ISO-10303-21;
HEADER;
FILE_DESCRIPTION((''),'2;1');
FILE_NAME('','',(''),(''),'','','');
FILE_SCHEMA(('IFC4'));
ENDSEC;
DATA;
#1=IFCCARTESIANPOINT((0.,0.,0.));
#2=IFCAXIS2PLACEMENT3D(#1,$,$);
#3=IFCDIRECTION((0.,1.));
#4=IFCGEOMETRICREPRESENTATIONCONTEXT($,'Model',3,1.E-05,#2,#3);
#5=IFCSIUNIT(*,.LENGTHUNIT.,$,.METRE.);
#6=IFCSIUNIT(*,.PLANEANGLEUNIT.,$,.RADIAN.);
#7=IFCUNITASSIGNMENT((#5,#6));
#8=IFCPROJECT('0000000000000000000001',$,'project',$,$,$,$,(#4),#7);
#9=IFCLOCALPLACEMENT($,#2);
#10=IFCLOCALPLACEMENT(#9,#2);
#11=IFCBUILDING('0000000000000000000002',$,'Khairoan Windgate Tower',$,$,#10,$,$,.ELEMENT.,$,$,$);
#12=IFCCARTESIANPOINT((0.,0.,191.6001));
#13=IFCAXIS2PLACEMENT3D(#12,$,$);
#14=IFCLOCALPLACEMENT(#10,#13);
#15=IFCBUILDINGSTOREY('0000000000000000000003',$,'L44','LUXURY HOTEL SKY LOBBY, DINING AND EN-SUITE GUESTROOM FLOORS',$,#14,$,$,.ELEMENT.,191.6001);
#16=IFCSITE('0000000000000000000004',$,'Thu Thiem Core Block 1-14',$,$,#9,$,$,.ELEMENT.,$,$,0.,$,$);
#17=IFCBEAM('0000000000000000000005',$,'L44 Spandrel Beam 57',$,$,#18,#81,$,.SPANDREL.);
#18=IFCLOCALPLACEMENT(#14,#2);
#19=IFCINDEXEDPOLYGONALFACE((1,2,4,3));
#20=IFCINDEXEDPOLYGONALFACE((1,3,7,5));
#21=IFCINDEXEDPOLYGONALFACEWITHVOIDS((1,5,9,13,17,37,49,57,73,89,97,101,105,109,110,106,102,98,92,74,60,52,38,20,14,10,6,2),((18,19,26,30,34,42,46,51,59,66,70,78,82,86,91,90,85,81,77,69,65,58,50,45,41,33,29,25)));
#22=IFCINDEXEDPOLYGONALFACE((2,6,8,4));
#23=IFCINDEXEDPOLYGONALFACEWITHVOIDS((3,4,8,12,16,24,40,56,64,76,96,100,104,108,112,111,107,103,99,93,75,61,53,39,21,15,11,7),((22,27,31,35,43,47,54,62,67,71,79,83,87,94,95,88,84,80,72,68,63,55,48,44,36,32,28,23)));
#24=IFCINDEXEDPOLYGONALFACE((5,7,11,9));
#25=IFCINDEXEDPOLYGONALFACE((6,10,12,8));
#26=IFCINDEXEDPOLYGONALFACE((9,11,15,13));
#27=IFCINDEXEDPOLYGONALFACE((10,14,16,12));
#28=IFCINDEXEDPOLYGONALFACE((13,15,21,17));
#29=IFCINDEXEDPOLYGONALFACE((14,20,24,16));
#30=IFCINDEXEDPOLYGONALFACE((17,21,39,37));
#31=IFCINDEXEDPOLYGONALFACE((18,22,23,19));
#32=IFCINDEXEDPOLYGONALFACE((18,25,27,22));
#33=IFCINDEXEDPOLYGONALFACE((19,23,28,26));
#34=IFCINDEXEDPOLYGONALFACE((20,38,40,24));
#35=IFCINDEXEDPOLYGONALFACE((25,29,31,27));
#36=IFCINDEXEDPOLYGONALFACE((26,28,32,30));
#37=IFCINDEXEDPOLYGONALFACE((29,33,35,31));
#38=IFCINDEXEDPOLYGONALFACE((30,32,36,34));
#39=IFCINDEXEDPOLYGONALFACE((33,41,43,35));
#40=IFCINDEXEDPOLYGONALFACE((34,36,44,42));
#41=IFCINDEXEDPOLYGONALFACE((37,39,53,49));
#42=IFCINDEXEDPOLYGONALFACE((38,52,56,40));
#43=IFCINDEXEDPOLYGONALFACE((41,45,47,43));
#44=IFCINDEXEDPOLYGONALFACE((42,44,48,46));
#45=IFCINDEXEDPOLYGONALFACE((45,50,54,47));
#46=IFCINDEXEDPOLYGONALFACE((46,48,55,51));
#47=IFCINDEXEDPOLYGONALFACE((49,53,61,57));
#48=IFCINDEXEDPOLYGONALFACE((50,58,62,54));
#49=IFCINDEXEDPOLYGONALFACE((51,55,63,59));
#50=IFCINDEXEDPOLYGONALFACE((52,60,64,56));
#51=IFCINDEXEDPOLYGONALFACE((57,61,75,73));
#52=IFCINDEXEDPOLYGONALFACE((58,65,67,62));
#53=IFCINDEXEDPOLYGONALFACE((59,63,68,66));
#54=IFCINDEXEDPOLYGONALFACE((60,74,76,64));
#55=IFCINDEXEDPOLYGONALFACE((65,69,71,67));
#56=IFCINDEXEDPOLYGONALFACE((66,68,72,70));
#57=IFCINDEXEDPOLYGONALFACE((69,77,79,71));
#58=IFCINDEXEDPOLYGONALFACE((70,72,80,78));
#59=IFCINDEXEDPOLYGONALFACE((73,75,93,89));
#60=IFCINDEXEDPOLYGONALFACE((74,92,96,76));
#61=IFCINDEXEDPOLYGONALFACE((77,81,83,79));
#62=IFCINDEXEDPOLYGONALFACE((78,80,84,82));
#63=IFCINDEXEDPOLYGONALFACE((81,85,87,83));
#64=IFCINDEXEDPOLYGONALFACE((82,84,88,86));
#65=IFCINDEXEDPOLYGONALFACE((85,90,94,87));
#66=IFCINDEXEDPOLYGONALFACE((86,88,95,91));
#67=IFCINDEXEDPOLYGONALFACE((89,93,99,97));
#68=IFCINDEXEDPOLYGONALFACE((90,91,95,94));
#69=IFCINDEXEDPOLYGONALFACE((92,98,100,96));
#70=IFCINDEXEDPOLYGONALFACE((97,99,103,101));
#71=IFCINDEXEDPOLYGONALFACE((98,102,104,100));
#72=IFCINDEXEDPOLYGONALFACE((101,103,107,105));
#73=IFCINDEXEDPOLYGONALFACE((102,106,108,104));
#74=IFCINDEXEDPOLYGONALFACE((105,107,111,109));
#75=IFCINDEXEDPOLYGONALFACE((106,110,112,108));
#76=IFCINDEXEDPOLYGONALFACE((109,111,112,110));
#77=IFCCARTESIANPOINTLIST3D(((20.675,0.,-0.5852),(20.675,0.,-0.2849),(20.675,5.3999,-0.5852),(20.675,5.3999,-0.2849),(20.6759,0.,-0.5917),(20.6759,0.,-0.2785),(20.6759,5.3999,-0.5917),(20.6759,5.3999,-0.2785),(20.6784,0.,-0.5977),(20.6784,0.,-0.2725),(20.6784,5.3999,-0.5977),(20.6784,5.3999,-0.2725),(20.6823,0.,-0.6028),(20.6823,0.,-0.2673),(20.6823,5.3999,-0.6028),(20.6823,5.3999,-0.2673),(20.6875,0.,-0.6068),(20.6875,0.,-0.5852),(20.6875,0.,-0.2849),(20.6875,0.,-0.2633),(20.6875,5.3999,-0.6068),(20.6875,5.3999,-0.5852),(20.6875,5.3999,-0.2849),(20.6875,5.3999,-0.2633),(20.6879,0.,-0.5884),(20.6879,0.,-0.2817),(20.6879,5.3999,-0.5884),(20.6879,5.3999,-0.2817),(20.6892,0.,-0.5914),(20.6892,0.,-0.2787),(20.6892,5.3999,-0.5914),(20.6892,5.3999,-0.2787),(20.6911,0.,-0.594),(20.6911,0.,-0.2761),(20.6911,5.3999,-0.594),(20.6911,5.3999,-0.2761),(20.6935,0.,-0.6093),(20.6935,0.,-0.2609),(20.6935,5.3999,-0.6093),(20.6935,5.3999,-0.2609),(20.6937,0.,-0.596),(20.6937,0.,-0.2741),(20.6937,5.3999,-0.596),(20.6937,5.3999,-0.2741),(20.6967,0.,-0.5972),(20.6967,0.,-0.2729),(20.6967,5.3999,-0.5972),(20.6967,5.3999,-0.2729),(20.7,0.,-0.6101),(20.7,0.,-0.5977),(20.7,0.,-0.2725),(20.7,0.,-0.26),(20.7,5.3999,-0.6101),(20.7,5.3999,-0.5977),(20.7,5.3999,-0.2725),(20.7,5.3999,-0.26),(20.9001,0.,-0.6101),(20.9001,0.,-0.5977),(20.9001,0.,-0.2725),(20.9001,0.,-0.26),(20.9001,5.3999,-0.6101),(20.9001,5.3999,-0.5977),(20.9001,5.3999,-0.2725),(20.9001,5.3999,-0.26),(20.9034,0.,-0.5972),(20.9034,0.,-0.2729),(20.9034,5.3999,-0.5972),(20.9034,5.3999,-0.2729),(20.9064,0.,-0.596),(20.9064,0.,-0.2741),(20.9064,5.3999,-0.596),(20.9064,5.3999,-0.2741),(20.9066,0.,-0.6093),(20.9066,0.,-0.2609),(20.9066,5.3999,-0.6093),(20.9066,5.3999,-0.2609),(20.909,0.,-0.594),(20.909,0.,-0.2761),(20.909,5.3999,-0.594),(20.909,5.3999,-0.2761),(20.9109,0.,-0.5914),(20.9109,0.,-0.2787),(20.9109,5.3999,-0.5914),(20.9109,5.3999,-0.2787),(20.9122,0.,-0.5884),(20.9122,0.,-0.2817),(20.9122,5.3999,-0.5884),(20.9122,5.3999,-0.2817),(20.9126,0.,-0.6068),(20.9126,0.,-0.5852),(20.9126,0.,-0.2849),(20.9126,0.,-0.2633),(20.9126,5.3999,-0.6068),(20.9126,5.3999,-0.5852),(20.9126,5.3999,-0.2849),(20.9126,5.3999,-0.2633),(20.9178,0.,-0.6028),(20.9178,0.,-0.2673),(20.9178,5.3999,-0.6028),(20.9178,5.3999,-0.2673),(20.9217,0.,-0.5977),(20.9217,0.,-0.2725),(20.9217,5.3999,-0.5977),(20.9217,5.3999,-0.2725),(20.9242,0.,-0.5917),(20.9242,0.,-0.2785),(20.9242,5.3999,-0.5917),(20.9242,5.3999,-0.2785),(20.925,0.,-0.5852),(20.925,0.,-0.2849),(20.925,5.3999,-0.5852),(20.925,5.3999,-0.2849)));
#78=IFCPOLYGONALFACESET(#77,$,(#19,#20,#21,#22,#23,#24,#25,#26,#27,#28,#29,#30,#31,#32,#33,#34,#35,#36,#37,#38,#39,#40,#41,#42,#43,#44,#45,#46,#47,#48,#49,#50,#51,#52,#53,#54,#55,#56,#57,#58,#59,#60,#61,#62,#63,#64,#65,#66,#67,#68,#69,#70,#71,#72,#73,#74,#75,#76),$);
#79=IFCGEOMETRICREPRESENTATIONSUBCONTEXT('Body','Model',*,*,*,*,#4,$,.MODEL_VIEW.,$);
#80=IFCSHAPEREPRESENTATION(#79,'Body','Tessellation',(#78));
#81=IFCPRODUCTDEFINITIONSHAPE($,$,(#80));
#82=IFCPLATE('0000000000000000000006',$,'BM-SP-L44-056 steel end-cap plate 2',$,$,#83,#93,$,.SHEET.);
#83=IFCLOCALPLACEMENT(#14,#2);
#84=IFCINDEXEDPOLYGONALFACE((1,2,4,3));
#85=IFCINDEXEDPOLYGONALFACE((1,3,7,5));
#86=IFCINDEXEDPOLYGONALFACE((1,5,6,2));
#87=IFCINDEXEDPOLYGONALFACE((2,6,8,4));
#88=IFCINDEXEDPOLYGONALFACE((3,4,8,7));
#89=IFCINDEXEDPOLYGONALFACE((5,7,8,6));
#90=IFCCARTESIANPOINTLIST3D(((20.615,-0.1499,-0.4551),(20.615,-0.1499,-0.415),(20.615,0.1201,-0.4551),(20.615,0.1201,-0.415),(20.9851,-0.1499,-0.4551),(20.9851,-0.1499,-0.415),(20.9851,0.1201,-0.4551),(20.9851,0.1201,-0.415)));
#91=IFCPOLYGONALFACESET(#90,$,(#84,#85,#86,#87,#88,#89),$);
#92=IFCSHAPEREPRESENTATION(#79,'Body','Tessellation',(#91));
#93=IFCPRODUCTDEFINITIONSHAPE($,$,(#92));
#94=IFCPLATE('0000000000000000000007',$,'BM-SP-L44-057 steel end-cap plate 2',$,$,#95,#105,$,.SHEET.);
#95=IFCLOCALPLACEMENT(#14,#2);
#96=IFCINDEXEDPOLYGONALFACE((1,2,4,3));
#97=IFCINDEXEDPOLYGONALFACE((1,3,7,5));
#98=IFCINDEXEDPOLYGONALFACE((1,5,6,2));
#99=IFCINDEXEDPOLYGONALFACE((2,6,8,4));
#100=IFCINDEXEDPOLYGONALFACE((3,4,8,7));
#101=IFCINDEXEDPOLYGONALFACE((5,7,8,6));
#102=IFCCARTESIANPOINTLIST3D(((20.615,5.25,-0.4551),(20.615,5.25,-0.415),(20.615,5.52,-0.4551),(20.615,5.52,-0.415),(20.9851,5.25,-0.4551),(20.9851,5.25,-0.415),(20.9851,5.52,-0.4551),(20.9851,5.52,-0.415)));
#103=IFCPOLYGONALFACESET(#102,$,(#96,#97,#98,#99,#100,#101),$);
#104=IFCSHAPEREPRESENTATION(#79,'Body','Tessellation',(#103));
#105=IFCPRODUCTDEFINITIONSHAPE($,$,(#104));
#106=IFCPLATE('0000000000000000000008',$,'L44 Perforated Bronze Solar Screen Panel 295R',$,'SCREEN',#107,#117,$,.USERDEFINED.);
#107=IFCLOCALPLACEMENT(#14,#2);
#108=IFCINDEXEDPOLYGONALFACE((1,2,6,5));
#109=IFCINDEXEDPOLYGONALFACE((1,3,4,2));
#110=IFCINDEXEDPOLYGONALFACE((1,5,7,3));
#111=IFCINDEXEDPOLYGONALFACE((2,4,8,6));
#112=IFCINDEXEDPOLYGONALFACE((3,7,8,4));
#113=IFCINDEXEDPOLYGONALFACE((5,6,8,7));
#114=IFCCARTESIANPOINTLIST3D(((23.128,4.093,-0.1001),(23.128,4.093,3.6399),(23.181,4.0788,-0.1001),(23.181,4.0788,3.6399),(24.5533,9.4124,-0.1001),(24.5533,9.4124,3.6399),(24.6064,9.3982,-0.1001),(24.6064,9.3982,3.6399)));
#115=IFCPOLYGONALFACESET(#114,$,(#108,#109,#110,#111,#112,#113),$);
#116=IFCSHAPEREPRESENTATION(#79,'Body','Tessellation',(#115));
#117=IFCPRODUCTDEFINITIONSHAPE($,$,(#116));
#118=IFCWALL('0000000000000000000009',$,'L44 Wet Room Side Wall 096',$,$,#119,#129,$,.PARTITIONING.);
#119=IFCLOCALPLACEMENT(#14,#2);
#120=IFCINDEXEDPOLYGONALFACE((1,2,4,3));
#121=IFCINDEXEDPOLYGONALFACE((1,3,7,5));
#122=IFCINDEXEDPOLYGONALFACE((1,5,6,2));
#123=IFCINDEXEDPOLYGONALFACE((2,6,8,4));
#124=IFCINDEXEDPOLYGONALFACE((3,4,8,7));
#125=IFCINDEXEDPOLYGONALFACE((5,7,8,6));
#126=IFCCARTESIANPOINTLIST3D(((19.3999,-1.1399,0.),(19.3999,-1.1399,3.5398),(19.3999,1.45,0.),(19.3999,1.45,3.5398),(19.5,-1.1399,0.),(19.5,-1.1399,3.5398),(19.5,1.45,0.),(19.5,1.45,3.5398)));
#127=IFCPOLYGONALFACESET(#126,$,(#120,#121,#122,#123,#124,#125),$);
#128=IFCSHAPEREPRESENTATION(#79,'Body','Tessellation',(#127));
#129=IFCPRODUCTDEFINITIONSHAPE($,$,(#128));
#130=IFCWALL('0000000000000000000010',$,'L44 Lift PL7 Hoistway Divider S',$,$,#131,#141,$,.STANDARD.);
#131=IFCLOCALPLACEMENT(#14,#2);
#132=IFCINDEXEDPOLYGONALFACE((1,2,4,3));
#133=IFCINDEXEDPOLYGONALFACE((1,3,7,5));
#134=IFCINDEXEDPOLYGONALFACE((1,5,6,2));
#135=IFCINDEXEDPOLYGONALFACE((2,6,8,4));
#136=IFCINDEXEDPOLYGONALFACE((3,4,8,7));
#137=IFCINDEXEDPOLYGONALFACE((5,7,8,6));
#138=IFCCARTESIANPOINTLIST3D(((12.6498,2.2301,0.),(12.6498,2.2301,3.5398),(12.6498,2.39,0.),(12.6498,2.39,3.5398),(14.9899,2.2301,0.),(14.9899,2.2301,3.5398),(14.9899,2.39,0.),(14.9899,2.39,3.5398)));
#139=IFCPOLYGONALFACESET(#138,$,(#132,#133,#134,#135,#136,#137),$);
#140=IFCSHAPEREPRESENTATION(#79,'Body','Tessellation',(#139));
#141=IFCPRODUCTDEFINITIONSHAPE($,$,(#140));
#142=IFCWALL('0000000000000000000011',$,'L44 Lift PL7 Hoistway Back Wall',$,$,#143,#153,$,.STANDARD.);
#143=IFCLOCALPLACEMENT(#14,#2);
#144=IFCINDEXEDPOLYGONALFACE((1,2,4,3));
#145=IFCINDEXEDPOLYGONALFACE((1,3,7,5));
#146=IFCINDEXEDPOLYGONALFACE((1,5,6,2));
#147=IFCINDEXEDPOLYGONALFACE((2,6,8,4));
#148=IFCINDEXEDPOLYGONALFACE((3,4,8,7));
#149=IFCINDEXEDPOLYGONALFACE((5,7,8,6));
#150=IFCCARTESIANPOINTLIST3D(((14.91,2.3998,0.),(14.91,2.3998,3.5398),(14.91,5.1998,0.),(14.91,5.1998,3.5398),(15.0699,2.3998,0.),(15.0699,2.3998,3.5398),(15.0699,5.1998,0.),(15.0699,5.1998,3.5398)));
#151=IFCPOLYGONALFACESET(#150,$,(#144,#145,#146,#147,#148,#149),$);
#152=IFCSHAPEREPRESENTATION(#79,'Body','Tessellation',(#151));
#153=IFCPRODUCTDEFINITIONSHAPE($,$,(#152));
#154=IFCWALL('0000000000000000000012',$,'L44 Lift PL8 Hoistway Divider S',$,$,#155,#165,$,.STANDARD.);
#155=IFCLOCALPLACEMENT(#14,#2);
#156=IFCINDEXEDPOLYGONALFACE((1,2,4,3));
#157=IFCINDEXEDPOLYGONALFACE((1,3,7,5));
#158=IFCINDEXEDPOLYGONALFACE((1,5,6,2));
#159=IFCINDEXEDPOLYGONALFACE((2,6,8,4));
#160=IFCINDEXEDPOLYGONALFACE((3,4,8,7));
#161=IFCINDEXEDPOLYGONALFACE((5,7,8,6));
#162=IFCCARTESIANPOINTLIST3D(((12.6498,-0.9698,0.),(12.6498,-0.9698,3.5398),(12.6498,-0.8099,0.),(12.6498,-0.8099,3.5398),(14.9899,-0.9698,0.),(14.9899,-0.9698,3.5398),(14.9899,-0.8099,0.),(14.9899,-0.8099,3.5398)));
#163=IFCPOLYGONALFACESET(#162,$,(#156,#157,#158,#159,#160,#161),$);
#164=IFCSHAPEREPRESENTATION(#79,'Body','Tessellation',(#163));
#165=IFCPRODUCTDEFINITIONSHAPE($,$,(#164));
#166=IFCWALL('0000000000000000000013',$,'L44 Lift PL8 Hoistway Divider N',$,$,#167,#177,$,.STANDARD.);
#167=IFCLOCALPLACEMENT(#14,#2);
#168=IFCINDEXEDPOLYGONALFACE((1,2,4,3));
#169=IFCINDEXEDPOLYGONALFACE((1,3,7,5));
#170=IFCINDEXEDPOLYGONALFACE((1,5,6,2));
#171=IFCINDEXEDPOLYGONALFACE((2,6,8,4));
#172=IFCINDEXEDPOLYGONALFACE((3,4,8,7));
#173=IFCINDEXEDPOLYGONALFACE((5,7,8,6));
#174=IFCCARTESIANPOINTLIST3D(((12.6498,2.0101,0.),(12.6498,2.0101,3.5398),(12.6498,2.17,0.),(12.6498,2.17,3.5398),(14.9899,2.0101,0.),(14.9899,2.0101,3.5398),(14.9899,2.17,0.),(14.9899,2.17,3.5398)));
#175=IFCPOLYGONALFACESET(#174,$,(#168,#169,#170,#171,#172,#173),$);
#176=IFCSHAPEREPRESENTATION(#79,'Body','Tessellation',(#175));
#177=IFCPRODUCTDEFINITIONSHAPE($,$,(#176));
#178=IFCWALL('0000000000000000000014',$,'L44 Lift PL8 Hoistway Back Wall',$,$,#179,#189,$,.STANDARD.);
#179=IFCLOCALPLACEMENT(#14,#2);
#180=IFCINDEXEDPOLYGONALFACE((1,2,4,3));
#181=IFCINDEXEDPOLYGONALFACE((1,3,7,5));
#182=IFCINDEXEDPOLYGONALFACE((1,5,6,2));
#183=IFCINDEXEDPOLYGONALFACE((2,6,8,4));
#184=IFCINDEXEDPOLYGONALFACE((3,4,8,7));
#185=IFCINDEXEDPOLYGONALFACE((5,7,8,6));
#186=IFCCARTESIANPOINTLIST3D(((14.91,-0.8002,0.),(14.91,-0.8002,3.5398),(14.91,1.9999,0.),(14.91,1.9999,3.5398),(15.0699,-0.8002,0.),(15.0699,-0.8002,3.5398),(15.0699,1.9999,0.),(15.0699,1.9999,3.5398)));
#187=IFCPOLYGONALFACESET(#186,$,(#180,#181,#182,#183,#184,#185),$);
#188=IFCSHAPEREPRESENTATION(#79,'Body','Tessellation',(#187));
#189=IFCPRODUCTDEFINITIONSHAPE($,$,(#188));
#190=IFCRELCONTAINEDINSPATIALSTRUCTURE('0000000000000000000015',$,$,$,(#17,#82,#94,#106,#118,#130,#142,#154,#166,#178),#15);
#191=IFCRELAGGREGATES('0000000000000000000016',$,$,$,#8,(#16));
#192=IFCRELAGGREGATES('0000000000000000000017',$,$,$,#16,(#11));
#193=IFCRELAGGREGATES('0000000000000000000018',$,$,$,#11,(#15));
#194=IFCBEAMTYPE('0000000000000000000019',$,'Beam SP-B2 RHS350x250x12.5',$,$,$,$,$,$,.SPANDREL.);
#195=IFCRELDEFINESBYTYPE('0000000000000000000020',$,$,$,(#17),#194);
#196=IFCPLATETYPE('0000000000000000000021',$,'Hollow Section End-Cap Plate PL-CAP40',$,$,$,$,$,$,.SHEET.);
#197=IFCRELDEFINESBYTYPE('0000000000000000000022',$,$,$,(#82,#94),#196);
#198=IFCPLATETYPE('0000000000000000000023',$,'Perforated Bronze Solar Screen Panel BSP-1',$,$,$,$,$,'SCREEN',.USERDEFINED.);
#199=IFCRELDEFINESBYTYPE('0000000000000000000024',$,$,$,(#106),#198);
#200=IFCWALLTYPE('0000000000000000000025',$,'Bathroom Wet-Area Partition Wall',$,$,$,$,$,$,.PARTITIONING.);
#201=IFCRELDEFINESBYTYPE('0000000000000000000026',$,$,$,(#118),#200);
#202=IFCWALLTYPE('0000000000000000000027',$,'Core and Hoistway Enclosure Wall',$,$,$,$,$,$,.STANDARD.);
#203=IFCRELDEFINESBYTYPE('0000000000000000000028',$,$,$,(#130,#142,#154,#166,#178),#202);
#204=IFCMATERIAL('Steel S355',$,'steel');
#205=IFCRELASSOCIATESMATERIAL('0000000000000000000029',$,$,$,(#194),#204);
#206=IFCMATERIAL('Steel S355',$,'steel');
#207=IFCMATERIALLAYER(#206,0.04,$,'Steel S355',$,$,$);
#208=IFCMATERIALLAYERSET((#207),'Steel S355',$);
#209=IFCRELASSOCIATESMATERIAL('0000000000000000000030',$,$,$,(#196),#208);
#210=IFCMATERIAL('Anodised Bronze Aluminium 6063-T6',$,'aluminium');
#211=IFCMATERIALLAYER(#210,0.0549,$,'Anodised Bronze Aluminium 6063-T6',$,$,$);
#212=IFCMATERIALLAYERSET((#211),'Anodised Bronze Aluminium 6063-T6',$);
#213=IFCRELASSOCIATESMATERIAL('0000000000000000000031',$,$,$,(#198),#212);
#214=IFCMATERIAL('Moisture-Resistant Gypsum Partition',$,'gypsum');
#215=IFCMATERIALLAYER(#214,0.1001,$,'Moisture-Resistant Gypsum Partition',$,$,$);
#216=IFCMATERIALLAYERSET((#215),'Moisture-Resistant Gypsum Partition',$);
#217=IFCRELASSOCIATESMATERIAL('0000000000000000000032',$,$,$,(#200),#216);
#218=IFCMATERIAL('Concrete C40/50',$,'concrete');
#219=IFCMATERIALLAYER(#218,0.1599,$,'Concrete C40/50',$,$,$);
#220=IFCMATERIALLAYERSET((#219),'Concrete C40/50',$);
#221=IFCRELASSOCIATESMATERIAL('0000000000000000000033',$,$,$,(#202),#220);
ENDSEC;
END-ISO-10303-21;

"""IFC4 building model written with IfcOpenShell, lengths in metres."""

from ifc_helpers import new_model, si_unit, direction, frame, frame_2d, origin, origin_2d, place, context, subcontext, project, spatial, rectangle, hollow_rectangle, extrude, material, layer, layer_set, material_profile, profile_set, type_object, element, save


model = new_model("IFC4")

# Units and contexts
model_context = context("Model", 3, precision=1e-05, world=origin(), true_north=direction((0.0, 1.0)))
body_context = subcontext(model_context, "Body", "Model", "MODEL_VIEW")
ifc_project = project(units=[si_unit("LENGTHUNIT", "METRE"), si_unit("PLANEANGLEUNIT", "RADIAN")], contexts=[model_context])

# Site, building, storey
site_placement = place(None, origin())
site = spatial("IfcSite", under=ifc_project, at=site_placement, Name="Thu Thiem Core Block 1-14", CompositionType="ELEMENT", RefElevation=0.0)
building_placement = place(site_placement, origin())
building = spatial("IfcBuilding", under=site, at=building_placement, Name="Khairoan Windgate Tower", CompositionType="ELEMENT")
storey_placement = place(building_placement, frame((0.0, 0.0, 191.6001)))
storey = spatial("IfcBuildingStorey", under=building, at=storey_placement, Name="L44", Description="LUXURY HOTEL SKY LOBBY, DINING AND EN-SUITE GUESTROOM FLOORS", CompositionType="ELEMENT", Elevation=191.6001)

# Beam
ifc_material_1 = material(Name="Steel S355", Category="steel")
ifc_material_profile_1 = material_profile(ifc_material_1, hollow_rectangle(XDim=0.25, YDim=0.3501, WallThickness=0.0125, InnerFilletRadius=0.0125, OuterFilletRadius=0.0249, at=origin_2d()))
ifc_profile_set_1 = profile_set([ifc_material_profile_1], Name="Steel S355")
beam_type_1 = type_object("IfcBeamType", Name="Beam SP-B2 RHS350x250x12.5", PredefinedType="SPANDREL", material=ifc_profile_set_1)
beam_1_placement = place(storey_placement, frame((20.8, 0.0, -0.4351), z_axis=(0.0, 1.0, 0.0), x_axis=(-1.0, 0.0, 0.0)))
element("IfcBeam", 1, at=beam_1_placement, inside=storey, type_object=beam_type_1, Name="L44 Spandrel Beam 57", PredefinedType="SPANDREL", context=body_context, shape_type="SweptSolid", body=[
    extrude(hollow_rectangle(XDim=0.25, YDim=0.3501, WallThickness=0.0125, InnerFilletRadius=0.0125, OuterFilletRadius=0.0249, at=origin_2d()), origin(), (0.0, 0.0, 1.0), 5.3999),
])

# Plates
ifc_material_2 = material(Name="Steel S355", Category="steel")
ifc_layer_1 = layer(ifc_material_2, 0.04, Name="Steel S355")
ifc_layer_set_1 = layer_set([ifc_layer_1], Name="Steel S355")
plate_type_1 = type_object("IfcPlateType", Name="Hollow Section End-Cap Plate PL-CAP40", PredefinedType="SHEET", material=ifc_layer_set_1)
for number, where, z_axis, x_axis, name in (
    (2, (20.8, -0.0149, -0.4551), (0.0, 0.0, 1.0), (0.0, 1.0, 0.0), "BM-SP-L44-056 steel end-cap plate 2"),
    (3, (20.8, 5.385, -0.4551), (0.0, 0.0, 1.0), (0.0, 1.0, 0.0), "BM-SP-L44-057 steel end-cap plate 2"),
):
    element("IfcPlate", number, at=place(storey_placement, frame(where, z_axis=z_axis, x_axis=x_axis)), inside=storey, type_object=plate_type_1, Name=name, PredefinedType="SHEET", context=body_context, shape_type="SweptSolid", body=[
        extrude(rectangle(XDim=0.27, YDim=0.3701, at=origin_2d()), origin(), (0.0, 0.0, 1.0), 0.04),
    ])
ifc_material_3 = material(Name="Anodised Bronze Aluminium 6063-T6", Category="aluminium")
ifc_layer_2 = layer(ifc_material_3, 0.0549, Name="Anodised Bronze Aluminium 6063-T6")
ifc_layer_set_2 = layer_set([ifc_layer_2], Name="Anodised Bronze Aluminium 6063-T6")
plate_type_2 = type_object("IfcPlateType", Name="Perforated Bronze Solar Screen Panel BSP-1", ElementType="SCREEN", PredefinedType="USERDEFINED", material=ifc_layer_set_2)
plate_placement = place(storey_placement, frame((23.8672, 6.7456, -0.1001), z_axis=(0.0, 0.0, 1.0), x_axis=(-0.258819, -0.965926, 0.0)))
element("IfcPlate", 4, at=plate_placement, inside=storey, type_object=plate_type_2, Name="L44 Perforated Bronze Solar Screen Panel 295R", ObjectType="SCREEN", PredefinedType="USERDEFINED", context=body_context, shape_type="SweptSolid", body=[
    extrude(rectangle(XDim=5.5071, YDim=0.0549, at=origin_2d()), origin(), (0.0, 0.0, 1.0), 3.74),
])

# Walls
ifc_material_4 = material(Name="Moisture-Resistant Gypsum Partition", Category="gypsum")
ifc_layer_3 = layer(ifc_material_4, 0.1001, Name="Moisture-Resistant Gypsum Partition")
ifc_layer_set_3 = layer_set([ifc_layer_3], Name="Moisture-Resistant Gypsum Partition")
wall_type_1 = type_object("IfcWallType", Name="Bathroom Wet-Area Partition Wall", PredefinedType="PARTITIONING", material=ifc_layer_set_3)
wall_1_placement = place(storey_placement, frame((19.45, 1.45, 0.0), z_axis=(0.0, 0.0, 1.0), x_axis=(0.0, -1.0, 0.0)))
element("IfcWall", 5, at=wall_1_placement, inside=storey, type_object=wall_type_1, Name="L44 Wet Room Side Wall 096", PredefinedType="PARTITIONING", context=body_context, shape_type="SweptSolid", body=[
    extrude(rectangle(XDim=2.5898, YDim=0.1001, at=frame_2d((1.2949, 0.0))), origin(), (0.0, 0.0, 1.0), 3.5398),
])
ifc_material_5 = material(Name="Concrete C40/50", Category="concrete")
ifc_layer_4 = layer(ifc_material_5, 0.1599, Name="Concrete C40/50")
ifc_layer_set_4 = layer_set([ifc_layer_4], Name="Concrete C40/50")
wall_type_2 = type_object("IfcWallType", Name="Core and Hoistway Enclosure Wall", PredefinedType="STANDARD", material=ifc_layer_set_4)
wall_2_placement = place(storey_placement, frame((12.6499, 2.3101, 0.0), z_axis=(0.0, 0.0, 1.0), x_axis=(1.0, 0.0, 0.0)))
element("IfcWall", 6, at=wall_2_placement, inside=storey, type_object=wall_type_2, Name="L44 Lift PL7 Hoistway Divider S", PredefinedType="STANDARD", context=body_context, shape_type="SweptSolid", body=[
    extrude(rectangle(XDim=2.3401, YDim=0.1599, at=frame_2d((1.1699, 0.0))), origin(), (0.0, 0.0, 1.0), 3.5398),
])
wall_3_placement = place(storey_placement, frame((14.99, 2.3999, 0.0), z_axis=(0.0, 0.0, 1.0), x_axis=(0.0, 1.0, 0.0)))
element("IfcWall", 7, at=wall_3_placement, inside=storey, type_object=wall_type_2, Name="L44 Lift PL7 Hoistway Back Wall", PredefinedType="STANDARD", context=body_context, shape_type="SweptSolid", body=[
    extrude(rectangle(XDim=2.8, YDim=0.1599, at=frame_2d((1.3999, 0.0))), origin(), (0.0, 0.0, 1.0), 3.5398),
])
for number, where, z_axis, x_axis, name in (
    (8, (12.6499, -0.8899, 0.0), (0.0, 0.0, 1.0), (1.0, 0.0, 0.0), "L44 Lift PL8 Hoistway Divider S"),
    (9, (12.6499, 2.0901, 0.0), (0.0, 0.0, 1.0), (1.0, 0.0, 0.0), "L44 Lift PL8 Hoistway Divider N"),
):
    element("IfcWall", number, at=place(storey_placement, frame(where, z_axis=z_axis, x_axis=x_axis)), inside=storey, type_object=wall_type_2, Name=name, PredefinedType="STANDARD", context=body_context, shape_type="SweptSolid", body=[
        extrude(rectangle(XDim=2.3401, YDim=0.1599, at=frame_2d((1.1699, 0.0))), origin(), (0.0, 0.0, 1.0), 3.5398),
    ])
wall_4_placement = place(storey_placement, frame((14.99, -0.8, 0.0), z_axis=(0.0, 0.0, 1.0), x_axis=(0.0, 1.0, 0.0)))
element("IfcWall", 10, at=wall_4_placement, inside=storey, type_object=wall_type_2, Name="L44 Lift PL8 Hoistway Back Wall", PredefinedType="STANDARD", context=body_context, shape_type="SweptSolid", body=[
    extrude(rectangle(XDim=2.8, YDim=0.1599, at=frame_2d((1.3999, 0.0))), origin(), (0.0, 0.0, 1.0), 3.5398),
])

save(model, "model.ifc")
